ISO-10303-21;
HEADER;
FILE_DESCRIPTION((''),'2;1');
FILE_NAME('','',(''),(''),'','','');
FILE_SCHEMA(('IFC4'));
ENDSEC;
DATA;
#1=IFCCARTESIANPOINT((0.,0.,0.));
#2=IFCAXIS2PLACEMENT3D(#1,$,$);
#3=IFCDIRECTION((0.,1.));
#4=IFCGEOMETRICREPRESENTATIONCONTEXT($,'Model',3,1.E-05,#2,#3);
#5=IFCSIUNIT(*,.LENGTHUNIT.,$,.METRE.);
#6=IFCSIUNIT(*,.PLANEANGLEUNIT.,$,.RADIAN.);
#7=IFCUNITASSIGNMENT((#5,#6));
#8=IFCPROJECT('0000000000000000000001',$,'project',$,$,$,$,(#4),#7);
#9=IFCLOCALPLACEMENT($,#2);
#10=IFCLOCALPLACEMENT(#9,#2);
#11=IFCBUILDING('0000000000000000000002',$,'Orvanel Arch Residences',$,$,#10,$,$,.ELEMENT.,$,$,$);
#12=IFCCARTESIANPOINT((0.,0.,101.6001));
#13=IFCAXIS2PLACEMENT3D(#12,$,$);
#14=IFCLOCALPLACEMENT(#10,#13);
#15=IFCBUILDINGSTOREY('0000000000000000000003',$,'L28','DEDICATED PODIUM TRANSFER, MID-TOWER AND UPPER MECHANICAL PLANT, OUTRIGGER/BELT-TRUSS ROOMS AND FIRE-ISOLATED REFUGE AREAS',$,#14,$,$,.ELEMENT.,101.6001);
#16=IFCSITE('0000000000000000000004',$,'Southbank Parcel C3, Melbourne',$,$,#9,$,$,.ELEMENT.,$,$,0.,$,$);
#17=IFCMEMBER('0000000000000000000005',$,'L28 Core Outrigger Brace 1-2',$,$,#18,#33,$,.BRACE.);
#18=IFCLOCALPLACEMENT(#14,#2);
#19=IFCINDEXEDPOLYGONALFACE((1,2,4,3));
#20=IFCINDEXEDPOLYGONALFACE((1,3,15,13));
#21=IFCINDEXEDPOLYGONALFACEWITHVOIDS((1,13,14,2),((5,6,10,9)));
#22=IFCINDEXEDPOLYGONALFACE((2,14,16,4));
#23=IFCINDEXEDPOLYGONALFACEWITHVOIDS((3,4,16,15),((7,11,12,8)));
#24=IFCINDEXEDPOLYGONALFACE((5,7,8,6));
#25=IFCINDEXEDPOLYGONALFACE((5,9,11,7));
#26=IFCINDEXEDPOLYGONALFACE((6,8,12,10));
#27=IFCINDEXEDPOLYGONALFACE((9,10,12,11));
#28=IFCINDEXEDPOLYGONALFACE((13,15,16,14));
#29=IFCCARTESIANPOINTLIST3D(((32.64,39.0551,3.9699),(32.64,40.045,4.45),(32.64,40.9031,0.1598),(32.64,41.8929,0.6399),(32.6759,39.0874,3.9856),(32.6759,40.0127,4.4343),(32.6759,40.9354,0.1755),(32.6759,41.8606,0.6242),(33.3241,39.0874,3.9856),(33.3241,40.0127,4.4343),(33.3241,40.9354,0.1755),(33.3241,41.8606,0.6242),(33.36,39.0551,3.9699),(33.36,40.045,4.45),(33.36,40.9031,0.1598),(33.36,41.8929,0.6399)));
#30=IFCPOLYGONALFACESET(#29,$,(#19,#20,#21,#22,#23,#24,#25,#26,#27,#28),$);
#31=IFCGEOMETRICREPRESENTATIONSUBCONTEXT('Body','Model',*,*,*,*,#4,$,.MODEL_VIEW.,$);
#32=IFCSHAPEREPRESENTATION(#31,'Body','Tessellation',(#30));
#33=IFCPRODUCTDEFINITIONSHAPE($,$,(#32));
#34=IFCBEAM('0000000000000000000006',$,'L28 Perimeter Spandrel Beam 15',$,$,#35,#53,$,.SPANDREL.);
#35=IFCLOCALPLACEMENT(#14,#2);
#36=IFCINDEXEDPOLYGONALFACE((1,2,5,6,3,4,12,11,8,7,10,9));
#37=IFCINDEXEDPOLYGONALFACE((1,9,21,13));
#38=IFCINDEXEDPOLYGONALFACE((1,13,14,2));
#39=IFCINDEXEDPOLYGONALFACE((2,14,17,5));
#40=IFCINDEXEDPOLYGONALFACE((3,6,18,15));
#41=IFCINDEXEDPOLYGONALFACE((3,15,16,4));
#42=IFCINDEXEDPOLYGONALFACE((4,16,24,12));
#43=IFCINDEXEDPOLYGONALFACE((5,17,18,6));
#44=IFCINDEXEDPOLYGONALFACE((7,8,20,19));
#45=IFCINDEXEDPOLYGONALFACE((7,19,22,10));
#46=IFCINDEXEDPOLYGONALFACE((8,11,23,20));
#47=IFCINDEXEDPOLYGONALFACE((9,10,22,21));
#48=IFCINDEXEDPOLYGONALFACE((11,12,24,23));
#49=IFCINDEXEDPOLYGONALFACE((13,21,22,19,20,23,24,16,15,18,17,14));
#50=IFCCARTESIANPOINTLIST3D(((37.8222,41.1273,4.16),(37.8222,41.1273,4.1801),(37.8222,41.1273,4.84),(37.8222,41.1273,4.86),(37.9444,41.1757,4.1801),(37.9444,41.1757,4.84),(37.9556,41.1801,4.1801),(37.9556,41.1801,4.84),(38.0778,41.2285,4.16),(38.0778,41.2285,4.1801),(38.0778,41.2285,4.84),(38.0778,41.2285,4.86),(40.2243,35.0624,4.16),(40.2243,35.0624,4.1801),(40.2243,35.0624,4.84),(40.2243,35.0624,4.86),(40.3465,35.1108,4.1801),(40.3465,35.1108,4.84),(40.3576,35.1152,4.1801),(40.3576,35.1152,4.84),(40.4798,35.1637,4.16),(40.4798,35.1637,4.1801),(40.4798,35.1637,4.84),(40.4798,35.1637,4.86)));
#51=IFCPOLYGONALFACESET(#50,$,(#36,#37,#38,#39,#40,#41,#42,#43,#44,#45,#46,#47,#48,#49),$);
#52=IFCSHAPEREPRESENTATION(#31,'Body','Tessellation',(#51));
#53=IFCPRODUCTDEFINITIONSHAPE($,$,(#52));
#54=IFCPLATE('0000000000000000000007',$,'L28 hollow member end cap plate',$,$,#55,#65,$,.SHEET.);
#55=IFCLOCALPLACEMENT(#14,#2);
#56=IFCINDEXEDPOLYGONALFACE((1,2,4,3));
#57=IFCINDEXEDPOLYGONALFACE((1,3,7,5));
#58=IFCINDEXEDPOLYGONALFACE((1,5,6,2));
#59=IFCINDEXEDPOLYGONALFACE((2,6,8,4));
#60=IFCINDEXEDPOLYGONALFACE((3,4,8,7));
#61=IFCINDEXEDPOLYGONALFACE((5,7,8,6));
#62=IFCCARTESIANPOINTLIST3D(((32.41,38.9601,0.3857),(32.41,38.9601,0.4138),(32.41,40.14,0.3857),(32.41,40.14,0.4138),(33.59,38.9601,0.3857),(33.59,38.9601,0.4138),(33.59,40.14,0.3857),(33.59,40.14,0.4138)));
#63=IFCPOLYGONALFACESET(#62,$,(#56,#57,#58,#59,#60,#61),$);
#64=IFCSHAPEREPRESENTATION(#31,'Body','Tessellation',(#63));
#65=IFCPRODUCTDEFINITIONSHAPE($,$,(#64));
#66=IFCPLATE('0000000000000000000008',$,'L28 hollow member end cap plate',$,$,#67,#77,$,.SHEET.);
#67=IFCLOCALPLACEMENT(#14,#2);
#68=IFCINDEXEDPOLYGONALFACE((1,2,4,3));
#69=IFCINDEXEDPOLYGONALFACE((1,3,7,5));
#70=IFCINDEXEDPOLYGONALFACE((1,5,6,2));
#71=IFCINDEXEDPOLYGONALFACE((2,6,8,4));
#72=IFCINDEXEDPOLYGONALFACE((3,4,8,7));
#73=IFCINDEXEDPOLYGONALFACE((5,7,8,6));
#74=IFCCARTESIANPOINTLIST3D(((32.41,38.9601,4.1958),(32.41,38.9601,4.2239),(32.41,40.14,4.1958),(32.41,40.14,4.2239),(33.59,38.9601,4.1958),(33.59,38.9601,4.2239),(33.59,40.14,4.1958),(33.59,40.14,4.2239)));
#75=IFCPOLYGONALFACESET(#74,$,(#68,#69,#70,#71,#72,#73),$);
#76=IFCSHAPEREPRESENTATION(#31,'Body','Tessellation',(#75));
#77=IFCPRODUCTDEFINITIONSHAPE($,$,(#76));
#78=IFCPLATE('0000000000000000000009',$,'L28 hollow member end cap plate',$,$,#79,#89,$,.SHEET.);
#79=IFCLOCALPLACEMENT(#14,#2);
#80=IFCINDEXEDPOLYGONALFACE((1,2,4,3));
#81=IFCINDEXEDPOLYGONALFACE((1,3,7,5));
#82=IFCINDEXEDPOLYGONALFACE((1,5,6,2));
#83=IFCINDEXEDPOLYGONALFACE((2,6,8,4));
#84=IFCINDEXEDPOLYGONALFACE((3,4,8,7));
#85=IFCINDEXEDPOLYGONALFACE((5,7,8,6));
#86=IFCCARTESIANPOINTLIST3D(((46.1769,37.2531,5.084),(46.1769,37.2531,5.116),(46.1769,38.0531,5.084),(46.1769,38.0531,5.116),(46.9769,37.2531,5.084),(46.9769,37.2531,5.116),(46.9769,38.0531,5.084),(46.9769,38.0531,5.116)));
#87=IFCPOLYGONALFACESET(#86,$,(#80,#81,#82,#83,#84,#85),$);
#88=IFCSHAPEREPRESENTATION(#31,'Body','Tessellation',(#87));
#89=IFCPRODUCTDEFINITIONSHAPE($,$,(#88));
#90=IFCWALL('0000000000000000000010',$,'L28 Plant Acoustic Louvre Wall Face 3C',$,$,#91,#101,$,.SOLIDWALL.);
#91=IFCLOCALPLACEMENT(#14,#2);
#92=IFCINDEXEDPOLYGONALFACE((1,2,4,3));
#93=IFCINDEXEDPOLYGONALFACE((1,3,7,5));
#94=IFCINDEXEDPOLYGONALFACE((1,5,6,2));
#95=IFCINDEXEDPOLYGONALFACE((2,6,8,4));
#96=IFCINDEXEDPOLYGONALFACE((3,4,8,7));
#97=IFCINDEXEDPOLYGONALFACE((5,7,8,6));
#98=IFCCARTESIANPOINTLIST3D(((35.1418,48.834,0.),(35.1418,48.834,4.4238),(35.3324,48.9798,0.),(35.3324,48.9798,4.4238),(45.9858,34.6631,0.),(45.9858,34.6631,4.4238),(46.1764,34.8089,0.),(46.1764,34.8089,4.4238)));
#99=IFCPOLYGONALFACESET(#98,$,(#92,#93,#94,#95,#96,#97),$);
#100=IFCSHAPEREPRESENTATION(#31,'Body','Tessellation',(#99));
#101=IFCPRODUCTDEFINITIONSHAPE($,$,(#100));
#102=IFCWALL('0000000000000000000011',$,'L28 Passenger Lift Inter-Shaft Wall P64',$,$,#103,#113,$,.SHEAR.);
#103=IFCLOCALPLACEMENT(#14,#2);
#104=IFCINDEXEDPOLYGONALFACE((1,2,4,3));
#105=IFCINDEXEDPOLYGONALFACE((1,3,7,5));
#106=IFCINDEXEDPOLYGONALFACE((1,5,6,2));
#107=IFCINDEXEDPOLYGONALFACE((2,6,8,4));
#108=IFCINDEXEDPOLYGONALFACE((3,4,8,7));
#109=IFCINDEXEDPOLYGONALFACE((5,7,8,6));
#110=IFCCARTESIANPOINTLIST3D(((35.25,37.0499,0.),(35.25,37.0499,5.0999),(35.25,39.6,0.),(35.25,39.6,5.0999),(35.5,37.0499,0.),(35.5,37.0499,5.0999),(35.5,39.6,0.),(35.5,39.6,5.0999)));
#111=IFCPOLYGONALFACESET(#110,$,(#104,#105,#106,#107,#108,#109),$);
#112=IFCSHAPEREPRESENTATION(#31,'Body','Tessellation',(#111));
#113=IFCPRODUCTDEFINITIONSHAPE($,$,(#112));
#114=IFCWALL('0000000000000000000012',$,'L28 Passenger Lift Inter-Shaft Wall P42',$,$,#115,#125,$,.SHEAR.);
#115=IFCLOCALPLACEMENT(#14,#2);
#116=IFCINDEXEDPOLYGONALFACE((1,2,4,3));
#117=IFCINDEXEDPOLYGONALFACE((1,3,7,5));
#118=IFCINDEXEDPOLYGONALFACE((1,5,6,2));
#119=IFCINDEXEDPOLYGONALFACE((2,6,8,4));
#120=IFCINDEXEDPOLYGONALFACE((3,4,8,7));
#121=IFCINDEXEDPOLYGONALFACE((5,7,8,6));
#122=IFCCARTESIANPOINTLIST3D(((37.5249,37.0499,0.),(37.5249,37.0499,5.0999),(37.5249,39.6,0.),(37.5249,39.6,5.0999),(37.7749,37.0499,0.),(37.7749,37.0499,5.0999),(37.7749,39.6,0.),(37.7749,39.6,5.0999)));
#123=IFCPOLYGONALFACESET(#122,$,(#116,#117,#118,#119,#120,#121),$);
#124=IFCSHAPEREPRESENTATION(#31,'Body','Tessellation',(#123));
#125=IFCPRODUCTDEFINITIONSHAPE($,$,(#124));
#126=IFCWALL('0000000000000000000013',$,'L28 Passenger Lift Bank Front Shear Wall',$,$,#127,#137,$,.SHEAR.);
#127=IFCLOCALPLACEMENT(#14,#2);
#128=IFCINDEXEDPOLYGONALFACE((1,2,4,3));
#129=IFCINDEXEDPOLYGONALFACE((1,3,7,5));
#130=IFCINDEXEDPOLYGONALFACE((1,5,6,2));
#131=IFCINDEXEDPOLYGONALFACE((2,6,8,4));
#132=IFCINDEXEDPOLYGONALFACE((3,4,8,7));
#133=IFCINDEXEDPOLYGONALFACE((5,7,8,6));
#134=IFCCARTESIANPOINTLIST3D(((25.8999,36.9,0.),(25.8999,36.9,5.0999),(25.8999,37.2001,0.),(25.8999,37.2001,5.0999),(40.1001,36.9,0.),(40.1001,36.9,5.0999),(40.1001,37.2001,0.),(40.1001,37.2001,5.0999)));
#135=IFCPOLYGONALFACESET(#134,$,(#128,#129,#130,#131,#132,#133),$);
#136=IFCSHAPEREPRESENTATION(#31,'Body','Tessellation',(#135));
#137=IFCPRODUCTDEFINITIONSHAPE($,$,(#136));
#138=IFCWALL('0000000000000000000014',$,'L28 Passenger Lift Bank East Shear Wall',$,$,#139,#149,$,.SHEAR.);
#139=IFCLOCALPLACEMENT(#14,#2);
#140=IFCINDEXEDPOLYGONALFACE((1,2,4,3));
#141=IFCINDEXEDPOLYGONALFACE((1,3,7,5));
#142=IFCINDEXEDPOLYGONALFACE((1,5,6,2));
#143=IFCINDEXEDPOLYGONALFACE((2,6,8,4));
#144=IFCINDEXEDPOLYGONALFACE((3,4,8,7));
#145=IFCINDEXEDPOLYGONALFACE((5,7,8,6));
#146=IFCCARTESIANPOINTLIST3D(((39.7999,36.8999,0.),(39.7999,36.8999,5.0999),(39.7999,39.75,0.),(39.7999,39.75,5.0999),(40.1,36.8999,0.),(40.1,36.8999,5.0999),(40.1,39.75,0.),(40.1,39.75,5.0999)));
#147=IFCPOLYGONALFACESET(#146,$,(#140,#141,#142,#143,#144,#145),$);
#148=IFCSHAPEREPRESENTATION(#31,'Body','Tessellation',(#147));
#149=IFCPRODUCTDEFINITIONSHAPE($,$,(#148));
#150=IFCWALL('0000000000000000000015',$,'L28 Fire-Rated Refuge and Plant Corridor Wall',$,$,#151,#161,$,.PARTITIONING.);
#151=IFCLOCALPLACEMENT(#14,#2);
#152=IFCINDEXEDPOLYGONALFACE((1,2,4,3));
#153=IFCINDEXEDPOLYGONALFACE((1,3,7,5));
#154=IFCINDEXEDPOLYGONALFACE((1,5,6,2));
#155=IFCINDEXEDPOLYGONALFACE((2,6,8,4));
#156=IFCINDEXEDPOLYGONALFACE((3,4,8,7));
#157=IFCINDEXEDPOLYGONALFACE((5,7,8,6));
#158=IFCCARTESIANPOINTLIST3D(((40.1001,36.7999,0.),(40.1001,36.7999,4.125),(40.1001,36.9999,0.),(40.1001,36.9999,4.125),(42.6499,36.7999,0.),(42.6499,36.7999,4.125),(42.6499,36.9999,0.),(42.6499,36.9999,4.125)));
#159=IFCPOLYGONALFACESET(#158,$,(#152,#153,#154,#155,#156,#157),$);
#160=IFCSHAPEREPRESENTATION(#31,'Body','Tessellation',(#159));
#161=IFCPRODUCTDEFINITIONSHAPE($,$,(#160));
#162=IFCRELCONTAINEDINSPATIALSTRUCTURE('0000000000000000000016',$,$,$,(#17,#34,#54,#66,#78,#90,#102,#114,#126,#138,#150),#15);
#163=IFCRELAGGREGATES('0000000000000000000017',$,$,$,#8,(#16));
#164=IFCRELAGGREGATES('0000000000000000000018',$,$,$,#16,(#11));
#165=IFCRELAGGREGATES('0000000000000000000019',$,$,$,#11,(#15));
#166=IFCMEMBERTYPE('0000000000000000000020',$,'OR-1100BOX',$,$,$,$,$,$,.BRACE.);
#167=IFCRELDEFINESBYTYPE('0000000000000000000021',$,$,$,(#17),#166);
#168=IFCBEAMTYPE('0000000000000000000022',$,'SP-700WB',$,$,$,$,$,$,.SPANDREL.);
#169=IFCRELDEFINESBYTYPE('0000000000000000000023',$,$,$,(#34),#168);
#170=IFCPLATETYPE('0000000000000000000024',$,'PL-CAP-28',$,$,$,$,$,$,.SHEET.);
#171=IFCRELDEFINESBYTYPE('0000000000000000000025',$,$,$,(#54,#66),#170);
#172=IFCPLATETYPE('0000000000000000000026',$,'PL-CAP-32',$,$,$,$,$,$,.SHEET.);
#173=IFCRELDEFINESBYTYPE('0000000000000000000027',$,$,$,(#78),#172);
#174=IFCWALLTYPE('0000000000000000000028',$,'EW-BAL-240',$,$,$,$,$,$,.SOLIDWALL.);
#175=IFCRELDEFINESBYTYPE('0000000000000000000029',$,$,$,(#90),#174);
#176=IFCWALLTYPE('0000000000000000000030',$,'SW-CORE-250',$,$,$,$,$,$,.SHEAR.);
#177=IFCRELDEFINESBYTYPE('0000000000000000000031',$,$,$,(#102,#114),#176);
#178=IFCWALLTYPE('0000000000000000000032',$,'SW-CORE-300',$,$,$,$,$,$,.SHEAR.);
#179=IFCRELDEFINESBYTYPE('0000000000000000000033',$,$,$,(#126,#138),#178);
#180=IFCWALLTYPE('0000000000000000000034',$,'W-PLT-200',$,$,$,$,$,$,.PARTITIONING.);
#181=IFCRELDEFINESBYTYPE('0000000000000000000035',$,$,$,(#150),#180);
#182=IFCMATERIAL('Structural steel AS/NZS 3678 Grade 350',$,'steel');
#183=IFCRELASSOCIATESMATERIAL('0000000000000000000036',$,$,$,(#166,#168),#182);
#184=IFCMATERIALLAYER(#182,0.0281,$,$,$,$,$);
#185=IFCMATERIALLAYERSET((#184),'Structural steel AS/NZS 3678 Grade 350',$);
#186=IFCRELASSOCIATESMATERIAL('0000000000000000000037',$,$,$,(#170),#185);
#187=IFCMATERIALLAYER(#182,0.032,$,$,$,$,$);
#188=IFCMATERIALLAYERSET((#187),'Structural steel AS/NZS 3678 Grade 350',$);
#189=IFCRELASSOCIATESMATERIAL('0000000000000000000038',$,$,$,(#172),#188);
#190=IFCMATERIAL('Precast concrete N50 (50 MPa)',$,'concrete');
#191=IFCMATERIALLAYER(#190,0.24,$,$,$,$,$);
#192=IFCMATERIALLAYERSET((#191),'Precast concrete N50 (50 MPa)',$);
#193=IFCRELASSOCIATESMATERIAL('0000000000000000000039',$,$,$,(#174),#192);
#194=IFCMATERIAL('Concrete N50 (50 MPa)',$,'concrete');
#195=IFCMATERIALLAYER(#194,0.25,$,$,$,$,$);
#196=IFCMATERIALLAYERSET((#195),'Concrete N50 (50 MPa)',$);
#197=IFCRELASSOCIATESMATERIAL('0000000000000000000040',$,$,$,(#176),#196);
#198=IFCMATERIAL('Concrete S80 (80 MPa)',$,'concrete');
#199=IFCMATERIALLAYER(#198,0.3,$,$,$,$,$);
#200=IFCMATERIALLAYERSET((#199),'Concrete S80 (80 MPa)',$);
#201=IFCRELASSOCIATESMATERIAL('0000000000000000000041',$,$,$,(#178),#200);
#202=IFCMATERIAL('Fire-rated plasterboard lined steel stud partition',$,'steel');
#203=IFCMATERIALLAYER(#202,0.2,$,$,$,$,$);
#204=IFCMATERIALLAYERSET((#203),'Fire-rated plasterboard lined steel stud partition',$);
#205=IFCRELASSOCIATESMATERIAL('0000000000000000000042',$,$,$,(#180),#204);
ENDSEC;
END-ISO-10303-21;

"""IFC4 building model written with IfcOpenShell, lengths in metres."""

from ifc_helpers import new_model, si_unit, direction, frame, frame_2d, origin, origin_2d, place, context, subcontext, project, spatial, rectangle, hollow_rectangle, i_section, extrude, material, layer, layer_set, material_profile, profile_set, type_object, element, save


model = new_model("IFC4")

# Units and contexts
model_context = context("Model", 3, precision=1e-05, world=origin(), true_north=direction((0.0, 1.0)))
body_context = subcontext(model_context, "Body", "Model", "MODEL_VIEW")
ifc_project = project(units=[si_unit("LENGTHUNIT", "METRE"), si_unit("PLANEANGLEUNIT", "RADIAN")], contexts=[model_context])

# Site, building, storey
site_placement = place(None, origin())
site = spatial("IfcSite", under=ifc_project, at=site_placement, Name="Southbank Parcel C3, Melbourne", CompositionType="ELEMENT", RefElevation=0.0)
building_placement = place(site_placement, origin())
building = spatial("IfcBuilding", under=site, at=building_placement, Name="Orvanel Arch Residences", CompositionType="ELEMENT")
storey_placement = place(building_placement, frame((0.0, 0.0, 101.6001)))
storey = spatial("IfcBuildingStorey", under=building, at=storey_placement, Name="L28", Description="DEDICATED PODIUM TRANSFER, MID-TOWER AND UPPER MECHANICAL PLANT, OUTRIGGER/BELT-TRUSS ROOMS AND FIRE-ISOLATED REFUGE AREAS", CompositionType="ELEMENT", Elevation=101.6001)

# Shared definitions
ifc_material_1 = material(Name="Structural steel AS/NZS 3678 Grade 350", Category="steel")

# Member
ifc_material_profile_1 = material_profile(ifc_material_1, hollow_rectangle(XDim=0.72, YDim=1.1001, WallThickness=0.0359, at=origin_2d()), Name="BOX1100x720x36")
ifc_profile_set_1 = profile_set([ifc_material_profile_1], Name="Structural steel AS/NZS 3678 Grade 350")
member_type_1 = type_object("IfcMemberType", Name="OR-1100BOX", PredefinedType="BRACE", material=ifc_profile_set_1)
for number, where, z_axis, x_axis, name in (
    (1, (33.0, 39.55, 4.21), (0.0, 0.436388, -0.899759), (-1.0, 0.0, 0.0), "L28 Core Outrigger Brace 1-2"),
):
    element("IfcMember", number, at=place(storey_placement, frame(where, z_axis=z_axis, x_axis=x_axis)), inside=storey, type_object=member_type_1, Name=name, PredefinedType="BRACE", context=body_context, shape_type="SweptSolid", body=[
        extrude(hollow_rectangle(XDim=0.72, YDim=1.1001, WallThickness=0.0359, at=origin_2d()), origin(), (0.0, 0.0, 1.0), 4.2346),
    ])

# Beam
ifc_material_profile_2 = material_profile(ifc_material_1, i_section(OverallWidth=0.2749, OverallDepth=0.7, WebThickness=0.012, FlangeThickness=0.02, at=origin_2d()), Name="700WB150")
ifc_profile_set_2 = profile_set([ifc_material_profile_2], Name="Structural steel AS/NZS 3678 Grade 350")
beam_type_1 = type_object("IfcBeamType", Name="SP-700WB", PredefinedType="SPANDREL", material=ifc_profile_set_2)
beam_1_placement = place(storey_placement, frame((40.3521, 35.113, 4.51), z_axis=(-0.368233, 0.929733, 0.0), x_axis=(-0.929733, -0.368233, 0.0)))
element("IfcBeam", 2, at=beam_1_placement, inside=storey, type_object=beam_type_1, Name="L28 Perimeter Spandrel Beam 15", PredefinedType="SPANDREL", context=body_context, shape_type="SweptSolid", body=[
    extrude(i_section(OverallWidth=0.2749, OverallDepth=0.7, WebThickness=0.012, FlangeThickness=0.02, at=origin_2d()), origin(), (0.0, 0.0, 1.0), 6.5232),
])

# Plates
ifc_layer_1 = layer(ifc_material_1, 0.0281)
ifc_layer_set_1 = layer_set([ifc_layer_1], Name="Structural steel AS/NZS 3678 Grade 350")
plate_type_1 = type_object("IfcPlateType", Name="PL-CAP-28", PredefinedType="SHEET", material=ifc_layer_set_1)
for number, where, z_axis, x_axis, name in (
    (3, (33.0, 39.55, 0.3857), (0.0, 0.0, 1.0), (0.0, 1.0, 0.0), "L28 hollow member end cap plate"),
    (4, (33.0, 39.55, 4.1958), (0.0, 0.0, 1.0), (0.0, 1.0, 0.0), "L28 hollow member end cap plate"),
):
    element("IfcPlate", number, at=place(storey_placement, frame(where, z_axis=z_axis, x_axis=x_axis)), inside=storey, type_object=plate_type_1, Name=name, PredefinedType="SHEET", context=body_context, shape_type="SweptSolid", body=[
        extrude(rectangle(XDim=1.1799, YDim=1.1799, at=origin_2d()), origin(), (0.0, 0.0, 1.0), 0.0281),
    ])
ifc_layer_2 = layer(ifc_material_1, 0.032)
ifc_layer_set_2 = layer_set([ifc_layer_2], Name="Structural steel AS/NZS 3678 Grade 350")
plate_type_2 = type_object("IfcPlateType", Name="PL-CAP-32", PredefinedType="SHEET", material=ifc_layer_set_2)
plate_placement = place(storey_placement, frame((46.5769, 37.6531, 5.084), z_axis=(0.0, 0.0, 1.0), x_axis=(1.0, 0.0, 0.0)))
element("IfcPlate", 5, at=plate_placement, inside=storey, type_object=plate_type_2, Name="L28 hollow member end cap plate", PredefinedType="SHEET", context=body_context, shape_type="SweptSolid", body=[
    extrude(rectangle(XDim=0.8, YDim=0.8, at=origin_2d()), origin(), (0.0, 0.0, 1.0), 0.032),
])

# Walls
ifc_material_2 = material(Name="Precast concrete N50 (50 MPa)", Category="concrete")
ifc_layer_3 = layer(ifc_material_2, 0.24)
ifc_layer_set_3 = layer_set([ifc_layer_3], Name="Precast concrete N50 (50 MPa)")
wall_type_1 = type_object("IfcWallType", Name="EW-BAL-240", PredefinedType="SOLIDWALL", material=ifc_layer_set_3)
wall_1_placement = place(storey_placement, frame((46.0811, 34.7361, 0.0), z_axis=(0.0, 0.0, 1.0), x_axis=(-0.607713, 0.794157, 0.0)))
element("IfcWall", 6, at=wall_1_placement, inside=storey, type_object=wall_type_1, Name="L28 Plant Acoustic Louvre Wall Face 3C", PredefinedType="SOLIDWALL", context=body_context, shape_type="SweptSolid", body=[
    extrude(rectangle(XDim=17.844, YDim=0.24, at=frame_2d((8.9219, 0.0))), origin(), (0.0, 0.0, 1.0), 4.4238),
])
ifc_material_3 = material(Name="Concrete N50 (50 MPa)", Category="concrete")
ifc_layer_4 = layer(ifc_material_3, 0.25)
ifc_layer_set_4 = layer_set([ifc_layer_4], Name="Concrete N50 (50 MPa)")
wall_type_2 = type_object("IfcWallType", Name="SW-CORE-250", PredefinedType="SHEAR", material=ifc_layer_set_4)
for number, where, z_axis, x_axis, name in (
    (7, (35.375, 37.05, 0.0), (0.0, 0.0, 1.0), (0.0, 1.0, 0.0), "L28 Passenger Lift Inter-Shaft Wall P64"),
    (8, (37.6499, 37.05, 0.0), (0.0, 0.0, 1.0), (0.0, 1.0, 0.0), "L28 Passenger Lift Inter-Shaft Wall P42"),
):
    element("IfcWall", number, at=place(storey_placement, frame(where, z_axis=z_axis, x_axis=x_axis)), inside=storey, type_object=wall_type_2, Name=name, PredefinedType="SHEAR", context=body_context, shape_type="SweptSolid", body=[
        extrude(rectangle(XDim=2.55, YDim=0.25, at=frame_2d((1.2749, 0.0))), origin(), (0.0, 0.0, 1.0), 5.0999),
    ])
ifc_material_4 = material(Name="Concrete S80 (80 MPa)", Category="concrete")
ifc_layer_5 = layer(ifc_material_4, 0.3)
ifc_layer_set_5 = layer_set([ifc_layer_5], Name="Concrete S80 (80 MPa)")
wall_type_3 = type_object("IfcWallType", Name="SW-CORE-300", PredefinedType="SHEAR", material=ifc_layer_set_5)
wall_2_placement = place(storey_placement, frame((40.1001, 37.05, 0.0), z_axis=(0.0, 0.0, 1.0), x_axis=(-1.0, 0.0, 0.0)))
element("IfcWall", 9, at=wall_2_placement, inside=storey, type_object=wall_type_3, Name="L28 Passenger Lift Bank Front Shear Wall", PredefinedType="SHEAR", context=body_context, shape_type="SweptSolid", body=[
    extrude(rectangle(XDim=14.2002, YDim=0.3, at=frame_2d((7.1001, 0.0))), origin(), (0.0, 0.0, 1.0), 5.0999),
])
wall_3_placement = place(storey_placement, frame((39.95, 36.8999, 0.0), z_axis=(0.0, 0.0, 1.0), x_axis=(0.0, 1.0, 0.0)))
element("IfcWall", 10, at=wall_3_placement, inside=storey, type_object=wall_type_3, Name="L28 Passenger Lift Bank East Shear Wall", PredefinedType="SHEAR", context=body_context, shape_type="SweptSolid", body=[
    extrude(rectangle(XDim=2.8501, YDim=0.3, at=frame_2d((1.425, 0.0))), origin(), (0.0, 0.0, 1.0), 5.0999),
])
ifc_material_5 = material(Name="Fire-rated plasterboard lined steel stud partition", Category="steel")
ifc_layer_6 = layer(ifc_material_5, 0.2)
ifc_layer_set_6 = layer_set([ifc_layer_6], Name="Fire-rated plasterboard lined steel stud partition")
wall_type_4 = type_object("IfcWallType", Name="W-PLT-200", PredefinedType="PARTITIONING", material=ifc_layer_set_6)
wall_4_placement = place(storey_placement, frame((40.1001, 36.8999, 0.0), z_axis=(0.0, 0.0, 1.0), x_axis=(1.0, 0.0, 0.0)))
element("IfcWall", 11, at=wall_4_placement, inside=storey, type_object=wall_type_4, Name="L28 Fire-Rated Refuge and Plant Corridor Wall", PredefinedType="PARTITIONING", context=body_context, shape_type="SweptSolid", body=[
    extrude(rectangle(XDim=2.5498, YDim=0.2, at=frame_2d((1.2749, 0.0))), origin(), (0.0, 0.0, 1.0), 4.125),
])

save(model, "model.ifc")
